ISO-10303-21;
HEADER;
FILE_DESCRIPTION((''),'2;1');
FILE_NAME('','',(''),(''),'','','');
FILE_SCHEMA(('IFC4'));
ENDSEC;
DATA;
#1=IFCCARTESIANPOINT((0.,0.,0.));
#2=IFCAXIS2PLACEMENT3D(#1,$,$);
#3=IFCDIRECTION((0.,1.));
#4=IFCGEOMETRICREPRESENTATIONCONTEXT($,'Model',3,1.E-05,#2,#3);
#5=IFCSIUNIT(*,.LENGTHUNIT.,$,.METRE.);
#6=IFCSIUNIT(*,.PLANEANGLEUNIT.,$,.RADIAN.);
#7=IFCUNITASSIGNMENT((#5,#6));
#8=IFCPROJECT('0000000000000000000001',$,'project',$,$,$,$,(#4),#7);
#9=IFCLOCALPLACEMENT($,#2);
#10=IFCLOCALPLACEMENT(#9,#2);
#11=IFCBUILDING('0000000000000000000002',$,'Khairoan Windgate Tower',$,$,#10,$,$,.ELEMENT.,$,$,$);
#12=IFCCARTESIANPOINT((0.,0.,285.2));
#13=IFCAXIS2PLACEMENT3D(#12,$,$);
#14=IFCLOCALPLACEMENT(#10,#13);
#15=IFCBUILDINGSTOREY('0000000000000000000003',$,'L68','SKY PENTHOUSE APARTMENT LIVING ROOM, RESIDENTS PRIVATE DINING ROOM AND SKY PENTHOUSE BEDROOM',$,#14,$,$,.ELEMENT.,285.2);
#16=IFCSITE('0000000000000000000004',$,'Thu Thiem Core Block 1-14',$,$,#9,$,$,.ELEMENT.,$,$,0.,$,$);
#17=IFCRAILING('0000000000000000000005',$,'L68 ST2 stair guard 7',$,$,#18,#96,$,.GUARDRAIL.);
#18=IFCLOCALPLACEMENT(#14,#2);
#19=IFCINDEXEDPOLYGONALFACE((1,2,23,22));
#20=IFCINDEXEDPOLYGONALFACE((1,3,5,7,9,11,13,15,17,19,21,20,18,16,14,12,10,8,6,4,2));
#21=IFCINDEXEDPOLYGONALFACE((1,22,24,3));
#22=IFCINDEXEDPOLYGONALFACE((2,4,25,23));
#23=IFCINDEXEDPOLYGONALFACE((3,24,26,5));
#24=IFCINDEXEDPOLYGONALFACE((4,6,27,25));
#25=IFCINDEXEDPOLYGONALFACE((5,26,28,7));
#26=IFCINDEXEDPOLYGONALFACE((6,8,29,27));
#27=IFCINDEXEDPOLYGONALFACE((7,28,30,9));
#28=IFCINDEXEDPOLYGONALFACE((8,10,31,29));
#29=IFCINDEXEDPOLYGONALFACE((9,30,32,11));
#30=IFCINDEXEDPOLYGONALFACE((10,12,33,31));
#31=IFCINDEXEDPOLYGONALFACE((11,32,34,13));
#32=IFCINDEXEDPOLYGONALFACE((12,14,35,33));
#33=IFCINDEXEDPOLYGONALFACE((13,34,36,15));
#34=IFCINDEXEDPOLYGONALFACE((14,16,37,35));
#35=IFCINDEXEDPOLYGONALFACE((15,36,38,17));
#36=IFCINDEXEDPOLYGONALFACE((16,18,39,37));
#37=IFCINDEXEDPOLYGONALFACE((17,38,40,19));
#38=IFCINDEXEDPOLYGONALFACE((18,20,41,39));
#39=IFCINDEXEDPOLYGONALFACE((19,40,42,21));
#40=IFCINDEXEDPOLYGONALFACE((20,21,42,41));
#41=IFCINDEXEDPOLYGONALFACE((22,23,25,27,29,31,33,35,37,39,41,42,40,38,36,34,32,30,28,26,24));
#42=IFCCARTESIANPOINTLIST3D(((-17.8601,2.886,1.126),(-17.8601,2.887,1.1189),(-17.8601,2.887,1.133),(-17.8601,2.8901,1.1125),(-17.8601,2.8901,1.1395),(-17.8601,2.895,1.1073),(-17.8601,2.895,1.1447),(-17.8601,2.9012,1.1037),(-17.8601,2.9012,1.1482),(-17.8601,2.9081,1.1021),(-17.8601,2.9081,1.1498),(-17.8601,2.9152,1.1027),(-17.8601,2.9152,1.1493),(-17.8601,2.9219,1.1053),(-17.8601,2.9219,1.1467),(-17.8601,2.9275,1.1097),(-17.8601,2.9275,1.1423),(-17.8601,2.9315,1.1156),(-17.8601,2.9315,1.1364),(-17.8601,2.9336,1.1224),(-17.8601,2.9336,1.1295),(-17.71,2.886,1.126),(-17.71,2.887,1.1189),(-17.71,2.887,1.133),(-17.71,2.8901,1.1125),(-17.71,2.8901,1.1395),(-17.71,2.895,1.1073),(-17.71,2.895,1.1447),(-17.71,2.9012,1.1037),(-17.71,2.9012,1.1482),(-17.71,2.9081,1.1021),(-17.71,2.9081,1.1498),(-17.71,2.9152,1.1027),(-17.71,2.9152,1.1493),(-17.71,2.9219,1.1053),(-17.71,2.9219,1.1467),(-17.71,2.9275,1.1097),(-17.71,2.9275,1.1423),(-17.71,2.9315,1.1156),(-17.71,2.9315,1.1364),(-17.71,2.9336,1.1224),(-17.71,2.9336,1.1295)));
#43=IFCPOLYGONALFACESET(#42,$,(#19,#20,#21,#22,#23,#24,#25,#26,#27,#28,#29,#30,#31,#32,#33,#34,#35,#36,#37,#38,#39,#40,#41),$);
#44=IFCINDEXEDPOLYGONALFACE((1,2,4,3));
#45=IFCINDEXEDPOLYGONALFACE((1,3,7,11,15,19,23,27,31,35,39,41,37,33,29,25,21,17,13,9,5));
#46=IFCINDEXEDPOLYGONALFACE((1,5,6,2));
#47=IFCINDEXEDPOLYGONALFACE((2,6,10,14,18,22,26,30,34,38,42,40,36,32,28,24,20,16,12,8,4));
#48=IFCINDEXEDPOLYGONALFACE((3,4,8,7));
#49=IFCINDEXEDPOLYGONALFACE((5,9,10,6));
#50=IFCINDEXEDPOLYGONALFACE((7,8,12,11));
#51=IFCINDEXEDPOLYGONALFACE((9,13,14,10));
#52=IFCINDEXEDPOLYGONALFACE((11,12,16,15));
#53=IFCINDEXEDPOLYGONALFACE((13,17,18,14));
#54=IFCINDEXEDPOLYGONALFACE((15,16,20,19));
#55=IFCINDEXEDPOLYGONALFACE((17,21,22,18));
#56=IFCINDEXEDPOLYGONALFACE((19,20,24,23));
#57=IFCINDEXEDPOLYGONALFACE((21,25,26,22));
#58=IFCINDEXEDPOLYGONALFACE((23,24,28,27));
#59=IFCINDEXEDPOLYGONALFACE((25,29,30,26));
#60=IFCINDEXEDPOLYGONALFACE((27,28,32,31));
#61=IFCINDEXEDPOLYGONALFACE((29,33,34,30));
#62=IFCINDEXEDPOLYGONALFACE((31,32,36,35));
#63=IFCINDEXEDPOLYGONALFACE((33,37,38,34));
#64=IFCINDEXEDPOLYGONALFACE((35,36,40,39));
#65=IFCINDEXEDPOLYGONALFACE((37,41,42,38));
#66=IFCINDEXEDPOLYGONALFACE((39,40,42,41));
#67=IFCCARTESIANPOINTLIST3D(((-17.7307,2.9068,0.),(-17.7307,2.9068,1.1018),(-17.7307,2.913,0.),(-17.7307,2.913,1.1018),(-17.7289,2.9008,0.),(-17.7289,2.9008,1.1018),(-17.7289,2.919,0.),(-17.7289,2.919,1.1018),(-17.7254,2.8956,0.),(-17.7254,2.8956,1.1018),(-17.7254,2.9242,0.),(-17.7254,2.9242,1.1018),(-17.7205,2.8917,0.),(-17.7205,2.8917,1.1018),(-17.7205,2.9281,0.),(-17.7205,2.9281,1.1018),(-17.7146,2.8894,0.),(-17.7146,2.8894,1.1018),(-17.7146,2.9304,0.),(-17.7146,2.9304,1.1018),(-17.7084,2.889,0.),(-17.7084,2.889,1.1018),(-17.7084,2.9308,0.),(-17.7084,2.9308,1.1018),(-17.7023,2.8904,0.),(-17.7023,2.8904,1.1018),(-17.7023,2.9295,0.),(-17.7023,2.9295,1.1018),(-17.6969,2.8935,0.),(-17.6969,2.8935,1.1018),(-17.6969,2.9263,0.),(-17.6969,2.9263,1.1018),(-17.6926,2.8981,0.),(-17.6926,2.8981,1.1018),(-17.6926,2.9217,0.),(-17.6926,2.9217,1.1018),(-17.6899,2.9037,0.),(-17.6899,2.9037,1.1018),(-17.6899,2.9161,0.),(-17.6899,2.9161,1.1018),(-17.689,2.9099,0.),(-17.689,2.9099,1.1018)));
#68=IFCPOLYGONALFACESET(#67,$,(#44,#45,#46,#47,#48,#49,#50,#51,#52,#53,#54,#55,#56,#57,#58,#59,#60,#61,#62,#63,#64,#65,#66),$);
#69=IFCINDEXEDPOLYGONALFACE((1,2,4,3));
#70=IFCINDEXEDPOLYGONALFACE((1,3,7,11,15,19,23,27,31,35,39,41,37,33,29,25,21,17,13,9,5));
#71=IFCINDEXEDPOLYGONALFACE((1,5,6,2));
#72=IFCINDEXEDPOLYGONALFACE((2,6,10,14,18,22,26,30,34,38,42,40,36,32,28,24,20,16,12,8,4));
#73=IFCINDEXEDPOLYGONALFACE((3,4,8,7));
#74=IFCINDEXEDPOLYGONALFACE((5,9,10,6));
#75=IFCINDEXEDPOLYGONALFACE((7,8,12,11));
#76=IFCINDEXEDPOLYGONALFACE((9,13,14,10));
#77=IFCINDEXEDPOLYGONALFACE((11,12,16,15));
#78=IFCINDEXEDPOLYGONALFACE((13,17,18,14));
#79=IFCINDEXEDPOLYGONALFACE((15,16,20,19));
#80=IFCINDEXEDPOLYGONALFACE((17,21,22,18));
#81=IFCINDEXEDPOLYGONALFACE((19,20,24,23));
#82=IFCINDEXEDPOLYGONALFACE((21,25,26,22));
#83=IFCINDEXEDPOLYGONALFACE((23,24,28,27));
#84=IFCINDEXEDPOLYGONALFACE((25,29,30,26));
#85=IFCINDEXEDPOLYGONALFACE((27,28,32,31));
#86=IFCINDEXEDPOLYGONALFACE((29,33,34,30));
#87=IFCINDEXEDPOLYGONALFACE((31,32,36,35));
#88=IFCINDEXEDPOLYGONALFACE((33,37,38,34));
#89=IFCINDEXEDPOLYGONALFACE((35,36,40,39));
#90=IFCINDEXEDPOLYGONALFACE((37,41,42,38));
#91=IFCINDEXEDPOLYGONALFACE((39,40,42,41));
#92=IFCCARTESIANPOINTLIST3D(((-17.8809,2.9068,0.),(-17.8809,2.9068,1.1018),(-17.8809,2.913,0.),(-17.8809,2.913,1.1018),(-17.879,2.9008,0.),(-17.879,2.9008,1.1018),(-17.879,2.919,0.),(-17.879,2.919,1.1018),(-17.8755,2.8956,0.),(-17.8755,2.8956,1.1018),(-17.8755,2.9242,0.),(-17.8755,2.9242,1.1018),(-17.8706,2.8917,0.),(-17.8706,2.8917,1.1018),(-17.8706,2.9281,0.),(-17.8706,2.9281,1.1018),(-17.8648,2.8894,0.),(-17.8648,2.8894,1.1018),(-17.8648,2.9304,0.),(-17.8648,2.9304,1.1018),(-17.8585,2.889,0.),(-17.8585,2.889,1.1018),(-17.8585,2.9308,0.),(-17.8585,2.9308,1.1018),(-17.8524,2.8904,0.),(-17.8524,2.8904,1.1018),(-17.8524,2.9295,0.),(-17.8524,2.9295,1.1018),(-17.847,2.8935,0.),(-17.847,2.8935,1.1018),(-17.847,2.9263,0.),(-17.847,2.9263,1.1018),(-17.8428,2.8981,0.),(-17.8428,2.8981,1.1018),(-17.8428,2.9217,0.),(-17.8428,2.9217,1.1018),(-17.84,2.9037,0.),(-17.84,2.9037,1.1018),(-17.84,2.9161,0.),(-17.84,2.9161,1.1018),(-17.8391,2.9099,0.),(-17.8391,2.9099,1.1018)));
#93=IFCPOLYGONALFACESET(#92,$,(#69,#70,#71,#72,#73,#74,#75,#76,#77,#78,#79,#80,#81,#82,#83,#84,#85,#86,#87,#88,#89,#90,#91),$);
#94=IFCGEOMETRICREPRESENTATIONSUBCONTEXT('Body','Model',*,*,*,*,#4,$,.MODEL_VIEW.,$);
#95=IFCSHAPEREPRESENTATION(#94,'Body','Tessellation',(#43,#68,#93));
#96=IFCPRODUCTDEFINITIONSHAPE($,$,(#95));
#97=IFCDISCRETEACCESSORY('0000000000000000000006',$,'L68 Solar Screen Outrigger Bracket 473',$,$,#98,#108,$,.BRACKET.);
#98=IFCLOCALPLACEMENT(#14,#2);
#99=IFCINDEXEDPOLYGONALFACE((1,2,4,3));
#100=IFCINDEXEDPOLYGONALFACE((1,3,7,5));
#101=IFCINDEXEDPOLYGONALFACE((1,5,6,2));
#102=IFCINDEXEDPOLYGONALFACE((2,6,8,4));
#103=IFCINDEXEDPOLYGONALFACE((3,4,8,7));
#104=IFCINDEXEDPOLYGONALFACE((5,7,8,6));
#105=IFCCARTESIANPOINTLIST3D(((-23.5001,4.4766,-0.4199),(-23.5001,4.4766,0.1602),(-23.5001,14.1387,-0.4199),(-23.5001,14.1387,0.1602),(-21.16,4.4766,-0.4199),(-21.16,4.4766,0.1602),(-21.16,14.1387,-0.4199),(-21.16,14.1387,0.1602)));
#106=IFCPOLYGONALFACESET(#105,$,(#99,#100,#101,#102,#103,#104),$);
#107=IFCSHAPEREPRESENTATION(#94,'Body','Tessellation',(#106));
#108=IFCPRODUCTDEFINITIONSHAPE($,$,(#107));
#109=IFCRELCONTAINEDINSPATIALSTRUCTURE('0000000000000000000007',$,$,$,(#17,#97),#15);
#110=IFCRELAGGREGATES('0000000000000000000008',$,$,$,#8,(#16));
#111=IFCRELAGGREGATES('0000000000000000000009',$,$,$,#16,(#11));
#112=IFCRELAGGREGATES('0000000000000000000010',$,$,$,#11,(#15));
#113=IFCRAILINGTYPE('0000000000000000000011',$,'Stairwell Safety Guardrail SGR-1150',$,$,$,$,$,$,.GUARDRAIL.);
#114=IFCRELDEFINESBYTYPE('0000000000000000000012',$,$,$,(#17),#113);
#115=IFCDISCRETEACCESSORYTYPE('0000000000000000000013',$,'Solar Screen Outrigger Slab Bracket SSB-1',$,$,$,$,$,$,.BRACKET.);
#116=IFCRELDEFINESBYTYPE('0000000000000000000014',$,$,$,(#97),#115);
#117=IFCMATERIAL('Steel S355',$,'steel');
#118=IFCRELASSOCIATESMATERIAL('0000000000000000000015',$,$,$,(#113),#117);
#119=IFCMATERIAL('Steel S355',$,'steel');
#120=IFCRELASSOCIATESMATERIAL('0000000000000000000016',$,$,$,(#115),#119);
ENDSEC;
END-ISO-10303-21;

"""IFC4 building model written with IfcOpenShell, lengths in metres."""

from ifc_helpers import new_model, si_unit, direction, frame, origin, origin_2d, place, context, subcontext, project, spatial, rectangle, circle, extrude, material, type_object, element, save


model = new_model("IFC4")

# Units and contexts
model_context = context("Model", 3, precision=1e-05, world=origin(), true_north=direction((0.0, 1.0)))
body_context = subcontext(model_context, "Body", "Model", "MODEL_VIEW")
ifc_project = project(units=[si_unit("LENGTHUNIT", "METRE"), si_unit("PLANEANGLEUNIT", "RADIAN")], contexts=[model_context])

# Site, building, storey
site_placement = place(None, origin())
site = spatial("IfcSite", under=ifc_project, at=site_placement, Name="Thu Thiem Core Block 1-14", CompositionType="ELEMENT", RefElevation=0.0)
building_placement = place(site_placement, origin())
building = spatial("IfcBuilding", under=site, at=building_placement, Name="Khairoan Windgate Tower", CompositionType="ELEMENT")
storey_placement = place(building_placement, frame((0.0, 0.0, 285.2)))
storey = spatial("IfcBuildingStorey", under=building, at=storey_placement, Name="L68", Description="SKY PENTHOUSE APARTMENT LIVING ROOM, RESIDENTS PRIVATE DINING ROOM AND SKY PENTHOUSE BEDROOM", CompositionType="ELEMENT", Elevation=285.2)

# Railing
ifc_material_1 = material(Name="Steel S355", Category="steel")
railing_type_1 = type_object("IfcRailingType", Name="Stairwell Safety Guardrail SGR-1150", PredefinedType="GUARDRAIL", material=ifc_material_1)
railing_1_placement = place(storey_placement, frame((-17.71, 2.9099, 0.0)))
element("IfcRailing", 1, at=railing_1_placement, inside=storey, type_object=railing_type_1, Name="L68 ST2 stair guard 7", PredefinedType="GUARDRAIL", context=body_context, shape_type="SweptSolid", body=[
    extrude(circle(Radius=0.0239, at=origin_2d()), frame((0.0, 0.0, 1.126), z_axis=(-1.0, 0.0, 0.0), x_axis=(0.0, -1.0, 0.0)), (0.0, 0.0, 1.0), 0.1501),
    extrude(circle(Radius=0.021, at=origin_2d()), origin(), (0.0, 0.0, 1.0), 1.1018),
    extrude(circle(Radius=0.021, at=origin_2d()), frame((-0.1501, 0.0, 0.0)), (0.0, 0.0, 1.0), 1.1018),
])

# Discrete accessory
ifc_material_2 = material(Name="Steel S355", Category="steel")
discrete_accessory_type = type_object("IfcDiscreteAccessoryType", Name="Solar Screen Outrigger Slab Bracket SSB-1", PredefinedType="BRACKET", material=ifc_material_2)
discrete_accessory_placement = place(storey_placement, frame((-22.3301, 9.3076, -0.4199), z_axis=(0.0, 0.0, 1.0), x_axis=(0.0, 1.0, 0.0)))
element("IfcDiscreteAccessory", 2, at=discrete_accessory_placement, inside=storey, type_object=discrete_accessory_type, Name="L68 Solar Screen Outrigger Bracket 473", PredefinedType="BRACKET", context=body_context, shape_type="SweptSolid", body=[
    extrude(rectangle(XDim=9.6621, YDim=2.3401, at=origin_2d()), origin(), (0.0, 0.0, 1.0), 0.5801),
])

save(model, "model.ifc")
